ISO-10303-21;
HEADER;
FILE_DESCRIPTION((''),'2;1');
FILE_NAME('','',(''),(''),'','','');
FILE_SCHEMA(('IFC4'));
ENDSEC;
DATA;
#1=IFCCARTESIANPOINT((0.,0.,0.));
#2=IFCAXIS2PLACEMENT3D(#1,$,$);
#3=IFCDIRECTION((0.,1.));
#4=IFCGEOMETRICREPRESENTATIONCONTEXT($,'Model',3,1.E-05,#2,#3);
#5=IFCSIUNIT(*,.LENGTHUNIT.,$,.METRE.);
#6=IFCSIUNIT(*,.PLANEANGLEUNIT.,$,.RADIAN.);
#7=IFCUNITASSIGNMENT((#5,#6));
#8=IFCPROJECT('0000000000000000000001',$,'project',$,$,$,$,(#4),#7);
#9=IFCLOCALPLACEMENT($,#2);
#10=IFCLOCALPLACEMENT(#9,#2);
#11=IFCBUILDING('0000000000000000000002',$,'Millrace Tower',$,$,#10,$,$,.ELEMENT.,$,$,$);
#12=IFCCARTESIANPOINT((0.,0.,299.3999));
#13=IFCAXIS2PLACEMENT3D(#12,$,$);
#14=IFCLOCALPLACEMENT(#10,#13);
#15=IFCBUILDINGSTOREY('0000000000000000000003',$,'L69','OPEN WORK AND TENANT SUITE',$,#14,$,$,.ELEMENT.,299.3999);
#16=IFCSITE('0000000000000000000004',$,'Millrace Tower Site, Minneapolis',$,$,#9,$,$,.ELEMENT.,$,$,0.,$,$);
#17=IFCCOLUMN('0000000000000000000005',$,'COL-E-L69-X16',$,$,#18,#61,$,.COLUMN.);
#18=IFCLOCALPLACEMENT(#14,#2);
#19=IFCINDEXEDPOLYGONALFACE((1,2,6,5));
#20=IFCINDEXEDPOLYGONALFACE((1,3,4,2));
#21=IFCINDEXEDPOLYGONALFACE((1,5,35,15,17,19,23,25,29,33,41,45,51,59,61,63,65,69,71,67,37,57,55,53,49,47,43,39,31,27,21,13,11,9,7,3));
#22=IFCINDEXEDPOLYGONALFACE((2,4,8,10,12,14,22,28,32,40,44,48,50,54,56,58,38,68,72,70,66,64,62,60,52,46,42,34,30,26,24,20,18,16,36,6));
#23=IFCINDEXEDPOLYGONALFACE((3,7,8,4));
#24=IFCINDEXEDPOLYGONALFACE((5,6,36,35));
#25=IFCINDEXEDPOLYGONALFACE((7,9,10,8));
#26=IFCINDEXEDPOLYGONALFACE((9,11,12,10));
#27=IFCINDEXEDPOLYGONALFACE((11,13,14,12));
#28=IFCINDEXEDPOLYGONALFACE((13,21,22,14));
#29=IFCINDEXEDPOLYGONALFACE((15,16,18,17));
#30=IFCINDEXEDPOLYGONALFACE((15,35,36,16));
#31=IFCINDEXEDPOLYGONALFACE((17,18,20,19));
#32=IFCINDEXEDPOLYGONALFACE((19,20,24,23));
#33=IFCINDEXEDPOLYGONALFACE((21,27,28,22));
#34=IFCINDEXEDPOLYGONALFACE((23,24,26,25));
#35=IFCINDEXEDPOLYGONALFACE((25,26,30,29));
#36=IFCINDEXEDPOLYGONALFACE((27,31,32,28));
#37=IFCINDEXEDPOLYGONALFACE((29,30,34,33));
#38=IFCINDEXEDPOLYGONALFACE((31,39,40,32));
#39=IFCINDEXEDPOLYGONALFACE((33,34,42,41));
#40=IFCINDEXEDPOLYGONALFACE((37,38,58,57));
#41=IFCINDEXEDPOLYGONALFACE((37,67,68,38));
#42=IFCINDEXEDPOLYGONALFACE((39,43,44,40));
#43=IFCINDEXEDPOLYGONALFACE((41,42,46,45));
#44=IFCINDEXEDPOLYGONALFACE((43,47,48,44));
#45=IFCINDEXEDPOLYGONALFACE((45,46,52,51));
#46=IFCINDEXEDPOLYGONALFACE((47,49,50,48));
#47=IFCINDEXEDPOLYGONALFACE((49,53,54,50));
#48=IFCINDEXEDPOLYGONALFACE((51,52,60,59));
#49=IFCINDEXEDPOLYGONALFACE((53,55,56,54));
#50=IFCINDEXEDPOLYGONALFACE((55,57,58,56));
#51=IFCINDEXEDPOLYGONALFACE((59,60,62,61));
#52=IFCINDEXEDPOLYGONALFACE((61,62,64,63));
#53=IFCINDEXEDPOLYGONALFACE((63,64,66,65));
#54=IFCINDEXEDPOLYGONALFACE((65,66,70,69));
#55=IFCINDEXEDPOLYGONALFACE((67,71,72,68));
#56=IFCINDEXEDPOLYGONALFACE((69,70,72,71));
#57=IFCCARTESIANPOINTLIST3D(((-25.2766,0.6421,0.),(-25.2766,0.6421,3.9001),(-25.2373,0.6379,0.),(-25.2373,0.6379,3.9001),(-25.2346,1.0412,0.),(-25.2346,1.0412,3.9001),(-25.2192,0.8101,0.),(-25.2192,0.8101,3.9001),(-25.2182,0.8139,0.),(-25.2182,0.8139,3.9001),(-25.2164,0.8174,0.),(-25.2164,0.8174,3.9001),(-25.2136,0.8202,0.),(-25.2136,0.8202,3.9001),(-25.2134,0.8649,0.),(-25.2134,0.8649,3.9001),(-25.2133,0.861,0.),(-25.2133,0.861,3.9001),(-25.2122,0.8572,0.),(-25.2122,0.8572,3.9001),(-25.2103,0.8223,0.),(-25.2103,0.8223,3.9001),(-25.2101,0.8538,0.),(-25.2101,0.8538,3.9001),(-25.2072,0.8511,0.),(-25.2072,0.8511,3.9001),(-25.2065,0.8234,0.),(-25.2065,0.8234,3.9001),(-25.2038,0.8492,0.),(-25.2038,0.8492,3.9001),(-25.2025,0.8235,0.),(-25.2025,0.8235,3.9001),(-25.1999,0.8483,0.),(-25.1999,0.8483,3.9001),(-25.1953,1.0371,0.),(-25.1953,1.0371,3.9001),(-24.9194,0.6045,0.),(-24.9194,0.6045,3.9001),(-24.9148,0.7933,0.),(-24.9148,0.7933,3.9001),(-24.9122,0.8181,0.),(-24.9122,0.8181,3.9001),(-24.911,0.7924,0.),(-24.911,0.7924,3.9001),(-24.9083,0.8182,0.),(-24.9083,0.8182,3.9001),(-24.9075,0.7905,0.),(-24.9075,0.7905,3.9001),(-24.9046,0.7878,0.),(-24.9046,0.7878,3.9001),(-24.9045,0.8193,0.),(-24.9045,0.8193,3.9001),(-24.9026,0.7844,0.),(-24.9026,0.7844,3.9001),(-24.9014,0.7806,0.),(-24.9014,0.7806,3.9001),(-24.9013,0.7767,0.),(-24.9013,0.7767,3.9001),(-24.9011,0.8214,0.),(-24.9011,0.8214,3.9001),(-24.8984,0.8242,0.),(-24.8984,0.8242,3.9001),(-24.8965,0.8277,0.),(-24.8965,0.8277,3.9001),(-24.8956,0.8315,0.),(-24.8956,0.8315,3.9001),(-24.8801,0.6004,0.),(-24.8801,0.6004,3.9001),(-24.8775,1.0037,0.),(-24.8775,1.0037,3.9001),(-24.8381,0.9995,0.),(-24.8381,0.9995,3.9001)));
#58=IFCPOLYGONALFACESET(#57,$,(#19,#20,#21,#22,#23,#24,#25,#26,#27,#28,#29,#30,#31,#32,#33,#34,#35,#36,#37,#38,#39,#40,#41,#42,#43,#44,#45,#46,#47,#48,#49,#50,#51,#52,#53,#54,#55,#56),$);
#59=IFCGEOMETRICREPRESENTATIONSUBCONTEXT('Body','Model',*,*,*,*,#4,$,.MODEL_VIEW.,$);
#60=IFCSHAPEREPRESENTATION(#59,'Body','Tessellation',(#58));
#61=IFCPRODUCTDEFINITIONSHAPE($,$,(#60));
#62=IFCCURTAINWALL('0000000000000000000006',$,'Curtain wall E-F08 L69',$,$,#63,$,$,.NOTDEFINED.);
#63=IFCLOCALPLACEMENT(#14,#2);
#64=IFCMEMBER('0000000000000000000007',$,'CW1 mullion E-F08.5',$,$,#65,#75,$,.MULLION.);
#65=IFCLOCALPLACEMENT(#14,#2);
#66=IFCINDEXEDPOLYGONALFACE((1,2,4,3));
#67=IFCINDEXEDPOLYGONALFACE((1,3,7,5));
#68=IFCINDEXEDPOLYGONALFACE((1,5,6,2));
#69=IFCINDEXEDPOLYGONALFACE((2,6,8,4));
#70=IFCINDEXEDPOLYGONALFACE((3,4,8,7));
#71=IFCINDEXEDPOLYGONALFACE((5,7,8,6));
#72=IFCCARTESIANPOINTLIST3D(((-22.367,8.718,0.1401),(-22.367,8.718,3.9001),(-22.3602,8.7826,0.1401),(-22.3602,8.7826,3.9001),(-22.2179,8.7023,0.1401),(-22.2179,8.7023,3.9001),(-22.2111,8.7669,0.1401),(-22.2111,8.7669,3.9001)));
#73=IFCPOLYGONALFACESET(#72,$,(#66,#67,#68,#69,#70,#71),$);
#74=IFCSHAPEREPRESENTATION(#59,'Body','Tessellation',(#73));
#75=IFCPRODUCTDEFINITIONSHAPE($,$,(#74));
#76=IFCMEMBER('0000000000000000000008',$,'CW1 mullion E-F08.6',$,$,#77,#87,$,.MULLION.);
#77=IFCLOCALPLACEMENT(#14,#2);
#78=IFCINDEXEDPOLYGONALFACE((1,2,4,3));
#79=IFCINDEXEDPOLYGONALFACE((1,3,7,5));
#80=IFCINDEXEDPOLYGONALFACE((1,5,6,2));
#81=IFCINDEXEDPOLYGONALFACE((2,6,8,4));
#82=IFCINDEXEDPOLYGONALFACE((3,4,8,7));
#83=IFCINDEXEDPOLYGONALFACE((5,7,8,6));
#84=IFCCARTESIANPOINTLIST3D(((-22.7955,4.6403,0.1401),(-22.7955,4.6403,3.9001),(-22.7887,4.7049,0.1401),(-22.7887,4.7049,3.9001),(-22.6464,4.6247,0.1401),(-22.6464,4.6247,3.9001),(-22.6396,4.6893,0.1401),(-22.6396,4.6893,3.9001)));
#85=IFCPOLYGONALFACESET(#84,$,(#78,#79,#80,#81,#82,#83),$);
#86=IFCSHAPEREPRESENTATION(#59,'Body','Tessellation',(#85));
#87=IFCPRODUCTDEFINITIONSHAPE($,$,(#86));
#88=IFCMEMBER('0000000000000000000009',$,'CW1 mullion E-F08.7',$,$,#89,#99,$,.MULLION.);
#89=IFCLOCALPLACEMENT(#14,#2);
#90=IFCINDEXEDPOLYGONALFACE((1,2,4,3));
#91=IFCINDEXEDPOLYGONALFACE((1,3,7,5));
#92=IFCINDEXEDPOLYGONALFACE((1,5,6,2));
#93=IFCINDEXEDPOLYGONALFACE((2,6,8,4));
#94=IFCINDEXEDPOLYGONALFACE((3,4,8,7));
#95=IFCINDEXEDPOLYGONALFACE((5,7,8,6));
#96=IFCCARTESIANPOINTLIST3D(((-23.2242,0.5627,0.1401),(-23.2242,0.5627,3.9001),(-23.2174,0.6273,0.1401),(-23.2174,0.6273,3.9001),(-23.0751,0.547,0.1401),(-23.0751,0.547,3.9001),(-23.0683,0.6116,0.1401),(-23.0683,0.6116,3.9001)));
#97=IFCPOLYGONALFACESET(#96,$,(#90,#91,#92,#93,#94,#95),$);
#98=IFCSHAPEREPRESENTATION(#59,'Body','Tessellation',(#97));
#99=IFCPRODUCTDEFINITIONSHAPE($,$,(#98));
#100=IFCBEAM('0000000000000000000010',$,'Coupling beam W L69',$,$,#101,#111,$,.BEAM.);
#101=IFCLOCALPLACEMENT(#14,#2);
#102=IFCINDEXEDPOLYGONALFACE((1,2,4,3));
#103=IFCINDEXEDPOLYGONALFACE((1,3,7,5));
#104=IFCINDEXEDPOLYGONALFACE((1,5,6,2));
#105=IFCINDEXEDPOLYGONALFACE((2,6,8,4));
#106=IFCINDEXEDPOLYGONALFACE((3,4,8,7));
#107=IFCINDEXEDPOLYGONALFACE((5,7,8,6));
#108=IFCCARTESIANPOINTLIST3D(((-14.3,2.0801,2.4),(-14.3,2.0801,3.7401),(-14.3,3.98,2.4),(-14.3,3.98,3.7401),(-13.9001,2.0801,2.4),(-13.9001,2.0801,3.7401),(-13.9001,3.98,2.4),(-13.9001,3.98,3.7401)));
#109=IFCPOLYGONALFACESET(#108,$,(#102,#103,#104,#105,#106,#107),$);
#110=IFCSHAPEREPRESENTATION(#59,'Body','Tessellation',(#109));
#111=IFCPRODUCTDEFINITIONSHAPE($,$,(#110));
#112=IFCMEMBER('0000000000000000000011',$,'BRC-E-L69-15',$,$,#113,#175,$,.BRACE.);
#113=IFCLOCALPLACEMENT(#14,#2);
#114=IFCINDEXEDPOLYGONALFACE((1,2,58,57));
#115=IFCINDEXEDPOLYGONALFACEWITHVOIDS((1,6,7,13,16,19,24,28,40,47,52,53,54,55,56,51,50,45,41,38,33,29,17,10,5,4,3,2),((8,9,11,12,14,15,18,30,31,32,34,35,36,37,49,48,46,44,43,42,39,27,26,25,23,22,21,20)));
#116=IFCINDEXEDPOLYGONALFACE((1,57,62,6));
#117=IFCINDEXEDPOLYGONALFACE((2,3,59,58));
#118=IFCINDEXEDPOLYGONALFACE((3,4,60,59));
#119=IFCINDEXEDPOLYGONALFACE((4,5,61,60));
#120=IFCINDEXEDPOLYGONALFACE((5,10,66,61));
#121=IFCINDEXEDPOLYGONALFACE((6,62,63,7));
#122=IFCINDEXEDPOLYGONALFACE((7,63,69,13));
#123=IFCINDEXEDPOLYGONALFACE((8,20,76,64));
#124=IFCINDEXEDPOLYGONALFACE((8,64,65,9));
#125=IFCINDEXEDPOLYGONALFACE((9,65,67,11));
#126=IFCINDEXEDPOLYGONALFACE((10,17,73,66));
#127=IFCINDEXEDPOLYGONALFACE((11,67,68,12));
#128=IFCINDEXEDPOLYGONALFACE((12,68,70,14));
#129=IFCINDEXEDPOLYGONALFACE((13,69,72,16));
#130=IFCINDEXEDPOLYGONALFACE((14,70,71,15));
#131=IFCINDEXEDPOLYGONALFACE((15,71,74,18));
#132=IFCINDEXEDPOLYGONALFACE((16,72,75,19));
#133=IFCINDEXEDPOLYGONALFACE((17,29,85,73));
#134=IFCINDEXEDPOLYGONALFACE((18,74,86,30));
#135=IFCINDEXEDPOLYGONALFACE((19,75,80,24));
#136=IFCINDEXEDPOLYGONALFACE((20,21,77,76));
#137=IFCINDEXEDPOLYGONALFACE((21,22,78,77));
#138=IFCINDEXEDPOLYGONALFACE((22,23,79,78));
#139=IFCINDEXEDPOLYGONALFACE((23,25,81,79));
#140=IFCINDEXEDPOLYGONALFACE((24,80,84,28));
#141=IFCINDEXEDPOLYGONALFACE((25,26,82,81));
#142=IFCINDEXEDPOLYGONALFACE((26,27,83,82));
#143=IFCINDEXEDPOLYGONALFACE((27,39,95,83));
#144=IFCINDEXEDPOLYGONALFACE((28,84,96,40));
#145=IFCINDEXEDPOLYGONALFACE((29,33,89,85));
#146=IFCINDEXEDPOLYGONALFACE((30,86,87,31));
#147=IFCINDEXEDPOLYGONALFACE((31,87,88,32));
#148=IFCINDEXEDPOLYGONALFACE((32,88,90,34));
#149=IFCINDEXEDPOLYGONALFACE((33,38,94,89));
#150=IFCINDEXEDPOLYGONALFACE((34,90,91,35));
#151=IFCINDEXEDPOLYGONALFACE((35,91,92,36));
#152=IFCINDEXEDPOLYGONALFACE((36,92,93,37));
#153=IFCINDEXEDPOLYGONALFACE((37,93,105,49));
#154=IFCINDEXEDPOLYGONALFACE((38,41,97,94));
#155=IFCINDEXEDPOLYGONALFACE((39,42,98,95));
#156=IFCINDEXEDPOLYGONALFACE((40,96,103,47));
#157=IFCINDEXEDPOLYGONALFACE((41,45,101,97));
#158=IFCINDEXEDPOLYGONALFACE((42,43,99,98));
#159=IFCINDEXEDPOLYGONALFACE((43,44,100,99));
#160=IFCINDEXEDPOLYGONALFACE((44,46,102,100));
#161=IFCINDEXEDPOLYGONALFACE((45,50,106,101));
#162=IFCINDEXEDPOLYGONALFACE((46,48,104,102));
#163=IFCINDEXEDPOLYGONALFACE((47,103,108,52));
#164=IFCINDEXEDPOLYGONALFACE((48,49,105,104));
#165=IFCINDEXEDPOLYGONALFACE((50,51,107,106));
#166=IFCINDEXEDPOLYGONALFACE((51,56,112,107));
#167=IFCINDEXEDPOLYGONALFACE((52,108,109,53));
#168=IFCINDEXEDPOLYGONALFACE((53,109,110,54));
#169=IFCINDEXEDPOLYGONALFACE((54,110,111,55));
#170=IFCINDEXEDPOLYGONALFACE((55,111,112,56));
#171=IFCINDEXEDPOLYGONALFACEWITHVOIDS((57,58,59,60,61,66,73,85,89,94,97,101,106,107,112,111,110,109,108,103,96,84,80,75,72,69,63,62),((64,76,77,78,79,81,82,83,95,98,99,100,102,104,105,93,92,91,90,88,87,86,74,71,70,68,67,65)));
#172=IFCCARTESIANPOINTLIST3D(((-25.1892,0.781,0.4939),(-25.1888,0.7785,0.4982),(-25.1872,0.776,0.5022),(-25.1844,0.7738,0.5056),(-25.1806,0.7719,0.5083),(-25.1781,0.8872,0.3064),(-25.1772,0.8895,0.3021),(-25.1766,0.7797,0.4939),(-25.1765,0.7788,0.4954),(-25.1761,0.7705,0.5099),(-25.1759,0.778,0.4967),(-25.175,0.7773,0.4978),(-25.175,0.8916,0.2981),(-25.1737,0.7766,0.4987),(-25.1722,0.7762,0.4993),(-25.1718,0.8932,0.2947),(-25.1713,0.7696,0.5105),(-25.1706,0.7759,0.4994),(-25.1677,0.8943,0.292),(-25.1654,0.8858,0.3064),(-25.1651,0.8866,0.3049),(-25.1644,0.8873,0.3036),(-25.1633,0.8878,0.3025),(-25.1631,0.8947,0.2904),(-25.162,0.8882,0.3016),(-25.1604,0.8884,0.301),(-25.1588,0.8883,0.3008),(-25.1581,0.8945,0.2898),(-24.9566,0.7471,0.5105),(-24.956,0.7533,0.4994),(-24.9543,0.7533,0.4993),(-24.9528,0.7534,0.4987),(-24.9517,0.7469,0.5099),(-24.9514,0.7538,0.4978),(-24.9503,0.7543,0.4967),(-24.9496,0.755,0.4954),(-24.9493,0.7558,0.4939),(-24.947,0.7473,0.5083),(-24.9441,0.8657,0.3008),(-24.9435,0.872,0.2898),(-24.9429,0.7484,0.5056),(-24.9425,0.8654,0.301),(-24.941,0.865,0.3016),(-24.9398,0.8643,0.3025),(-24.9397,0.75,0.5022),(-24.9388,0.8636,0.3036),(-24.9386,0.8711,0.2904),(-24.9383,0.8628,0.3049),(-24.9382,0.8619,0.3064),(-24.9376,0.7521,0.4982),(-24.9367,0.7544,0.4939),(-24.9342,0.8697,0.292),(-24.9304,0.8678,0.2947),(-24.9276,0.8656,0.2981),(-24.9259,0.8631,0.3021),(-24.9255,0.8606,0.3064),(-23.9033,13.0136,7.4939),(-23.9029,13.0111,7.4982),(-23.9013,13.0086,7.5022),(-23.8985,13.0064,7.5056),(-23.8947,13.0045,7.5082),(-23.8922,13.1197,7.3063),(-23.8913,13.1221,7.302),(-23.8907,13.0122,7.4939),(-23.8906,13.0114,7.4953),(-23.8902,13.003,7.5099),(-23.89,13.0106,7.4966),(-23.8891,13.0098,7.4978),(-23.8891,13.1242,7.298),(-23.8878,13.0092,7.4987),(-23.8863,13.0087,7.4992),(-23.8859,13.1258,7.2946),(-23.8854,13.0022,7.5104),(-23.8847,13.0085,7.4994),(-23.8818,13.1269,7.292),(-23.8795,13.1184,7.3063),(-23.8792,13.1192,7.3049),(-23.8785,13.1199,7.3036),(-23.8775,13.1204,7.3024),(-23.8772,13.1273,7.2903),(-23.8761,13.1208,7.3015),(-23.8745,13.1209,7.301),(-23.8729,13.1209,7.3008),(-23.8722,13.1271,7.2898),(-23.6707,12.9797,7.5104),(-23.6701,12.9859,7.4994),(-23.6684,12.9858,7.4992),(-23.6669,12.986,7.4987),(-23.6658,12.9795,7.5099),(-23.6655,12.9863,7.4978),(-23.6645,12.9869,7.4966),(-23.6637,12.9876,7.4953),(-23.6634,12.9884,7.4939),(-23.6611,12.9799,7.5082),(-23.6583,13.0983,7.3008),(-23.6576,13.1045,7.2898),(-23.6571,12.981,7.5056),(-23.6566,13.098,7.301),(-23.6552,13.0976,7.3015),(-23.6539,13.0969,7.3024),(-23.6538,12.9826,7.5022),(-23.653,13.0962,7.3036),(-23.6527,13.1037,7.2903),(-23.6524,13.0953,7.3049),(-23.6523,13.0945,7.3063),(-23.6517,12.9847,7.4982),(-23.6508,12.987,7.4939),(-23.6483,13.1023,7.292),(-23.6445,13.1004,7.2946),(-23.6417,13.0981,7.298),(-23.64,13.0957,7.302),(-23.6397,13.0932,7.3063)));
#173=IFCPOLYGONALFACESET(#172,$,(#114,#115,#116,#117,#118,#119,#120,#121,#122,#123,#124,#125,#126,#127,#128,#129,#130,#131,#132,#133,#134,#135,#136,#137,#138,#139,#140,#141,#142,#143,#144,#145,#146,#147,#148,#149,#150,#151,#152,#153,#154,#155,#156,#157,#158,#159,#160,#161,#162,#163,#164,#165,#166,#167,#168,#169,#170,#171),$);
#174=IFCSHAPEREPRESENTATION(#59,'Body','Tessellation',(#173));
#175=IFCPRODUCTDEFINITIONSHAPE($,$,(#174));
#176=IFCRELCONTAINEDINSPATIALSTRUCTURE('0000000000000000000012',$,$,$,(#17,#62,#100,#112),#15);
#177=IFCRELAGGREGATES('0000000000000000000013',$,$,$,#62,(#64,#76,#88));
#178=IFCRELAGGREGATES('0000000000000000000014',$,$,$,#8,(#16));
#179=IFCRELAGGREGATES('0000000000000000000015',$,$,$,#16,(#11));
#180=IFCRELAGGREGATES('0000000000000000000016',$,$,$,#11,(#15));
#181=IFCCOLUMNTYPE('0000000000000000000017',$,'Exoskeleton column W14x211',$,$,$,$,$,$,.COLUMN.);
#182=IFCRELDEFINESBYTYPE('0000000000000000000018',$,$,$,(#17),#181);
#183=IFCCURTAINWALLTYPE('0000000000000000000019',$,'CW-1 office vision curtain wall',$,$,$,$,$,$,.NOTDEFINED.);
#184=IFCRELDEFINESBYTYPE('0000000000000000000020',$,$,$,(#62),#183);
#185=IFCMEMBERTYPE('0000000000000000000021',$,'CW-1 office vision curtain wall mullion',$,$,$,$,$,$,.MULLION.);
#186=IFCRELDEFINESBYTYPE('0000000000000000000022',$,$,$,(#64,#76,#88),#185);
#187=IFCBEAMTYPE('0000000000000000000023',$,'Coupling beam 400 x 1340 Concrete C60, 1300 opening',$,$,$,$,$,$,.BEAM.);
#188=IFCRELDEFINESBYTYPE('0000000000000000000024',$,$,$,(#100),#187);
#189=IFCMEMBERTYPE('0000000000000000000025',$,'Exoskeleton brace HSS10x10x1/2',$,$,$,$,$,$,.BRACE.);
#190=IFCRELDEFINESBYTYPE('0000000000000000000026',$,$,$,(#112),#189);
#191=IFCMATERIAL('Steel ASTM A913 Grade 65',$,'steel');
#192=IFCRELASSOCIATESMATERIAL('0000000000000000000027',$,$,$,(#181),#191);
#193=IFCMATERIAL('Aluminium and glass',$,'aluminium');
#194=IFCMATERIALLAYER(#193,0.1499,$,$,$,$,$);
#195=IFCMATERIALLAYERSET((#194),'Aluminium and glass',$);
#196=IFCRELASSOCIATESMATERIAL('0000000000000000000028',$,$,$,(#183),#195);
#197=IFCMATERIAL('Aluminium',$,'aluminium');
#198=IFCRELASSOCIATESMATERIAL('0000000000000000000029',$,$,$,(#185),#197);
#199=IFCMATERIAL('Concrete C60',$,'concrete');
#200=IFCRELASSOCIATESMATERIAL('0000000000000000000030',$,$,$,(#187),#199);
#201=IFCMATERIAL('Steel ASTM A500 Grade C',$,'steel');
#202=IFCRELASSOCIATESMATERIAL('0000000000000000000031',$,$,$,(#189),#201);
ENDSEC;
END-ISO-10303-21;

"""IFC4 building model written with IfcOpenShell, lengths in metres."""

from ifc_helpers import new_model, si_unit, direction, frame, origin, origin_2d, place, context, subcontext, project, spatial, rectangle, hollow_rectangle, i_section, extrude, material, layer, layer_set, material_profile, profile_set, type_object, element, aggregate, save


model = new_model("IFC4")

# Units and contexts
model_context = context("Model", 3, precision=1e-05, world=origin(), true_north=direction((0.0, 1.0)))
body_context = subcontext(model_context, "Body", "Model", "MODEL_VIEW")
ifc_project = project(units=[si_unit("LENGTHUNIT", "METRE"), si_unit("PLANEANGLEUNIT", "RADIAN")], contexts=[model_context])

# Site, building, storey
site_placement = place(None, origin())
site = spatial("IfcSite", under=ifc_project, at=site_placement, Name="Millrace Tower Site, Minneapolis", CompositionType="ELEMENT", RefElevation=0.0)
building_placement = place(site_placement, origin())
building = spatial("IfcBuilding", under=site, at=building_placement, Name="Millrace Tower", CompositionType="ELEMENT")
storey_placement = place(building_placement, frame((0.0, 0.0, 299.3999)))
storey = spatial("IfcBuildingStorey", under=building, at=storey_placement, Name="L69", Description="OPEN WORK AND TENANT SUITE", CompositionType="ELEMENT", Elevation=299.3999)

# Column
ifc_material_1 = material(Name="Steel ASTM A913 Grade 65", Category="steel")
ifc_material_profile_1 = material_profile(ifc_material_1, i_section(OverallWidth=0.4014, OverallDepth=0.3987, WebThickness=0.0249, FlangeThickness=0.0396, FilletRadius=0.0151, at=origin_2d()))
ifc_profile_set_1 = profile_set([ifc_material_profile_1], Name="Steel ASTM A913 Grade 65")
column_type = type_object("IfcColumnType", Name="Exoskeleton column W14x211", PredefinedType="COLUMN", material=ifc_profile_set_1)
column_placement = place(storey_placement, frame((-25.0574, 0.8208, 0.0), z_axis=(0.0, 0.0, 1.0), x_axis=(-0.104528, -0.994522, 0.0)))
element("IfcColumn", 1, at=column_placement, inside=storey, type_object=column_type, Name="COL-E-L69-X16", PredefinedType="COLUMN", context=body_context, shape_type="SweptSolid", body=[
    extrude(i_section(OverallWidth=0.4014, OverallDepth=0.3987, WebThickness=0.0249, FlangeThickness=0.0396, FilletRadius=0.0151, at=origin_2d()), origin(), (0.0, 0.0, 1.0), 3.9001),
])

# Curtain wall, members
ifc_material_2 = material(Name="Aluminium and glass", Category="aluminium")
ifc_layer_1 = layer(ifc_material_2, 0.1499)
ifc_layer_set_1 = layer_set([ifc_layer_1], Name="Aluminium and glass")
curtain_wall_type = type_object("IfcCurtainWallType", Name="CW-1 office vision curtain wall", PredefinedType="NOTDEFINED", material=ifc_layer_set_1)
placement = place(storey_placement, origin())
curtain_wall = element("IfcCurtainWall", 2, at=placement, inside=storey, type_object=curtain_wall_type, Name="Curtain wall E-F08 L69", PredefinedType="NOTDEFINED")
ifc_material_3 = material(Name="Aluminium", Category="aluminium")
ifc_material_profile_2 = material_profile(ifc_material_3, rectangle(XDim=0.0649, YDim=0.1499, at=origin_2d()))
ifc_profile_set_2 = profile_set([ifc_material_profile_2], Name="Aluminium")
member_type_1 = type_object("IfcMemberType", Name="CW-1 office vision curtain wall mullion", PredefinedType="MULLION", material=ifc_profile_set_2)
member_1_placement = place(storey_placement, frame((-22.2891, 8.7424, 0.1401), z_axis=(0.0, 0.0, 1.0), x_axis=(-0.104528, -0.994522, 0.0)))
member_1 = element("IfcMember", 3, at=member_1_placement, type_object=member_type_1, Name="CW1 mullion E-F08.5", PredefinedType="MULLION", context=body_context, shape_type="SweptSolid", body=[
    extrude(rectangle(XDim=0.0649, YDim=0.1499, at=origin_2d()), origin(), (0.0, 0.0, 1.0), 3.76),
])
member_2_placement = place(storey_placement, frame((-22.7175, 4.6648, 0.1401), z_axis=(0.0, 0.0, 1.0), x_axis=(-0.104528, -0.994522, 0.0)))
member_2 = element("IfcMember", 4, at=member_2_placement, type_object=member_type_1, Name="CW1 mullion E-F08.6", PredefinedType="MULLION", context=body_context, shape_type="SweptSolid", body=[
    extrude(rectangle(XDim=0.0649, YDim=0.1499, at=origin_2d()), origin(), (0.0, 0.0, 1.0), 3.76),
])
member_3_placement = place(storey_placement, frame((-23.1462, 0.5872, 0.1401), z_axis=(0.0, 0.0, 1.0), x_axis=(-0.104528, -0.994522, 0.0)))
member_3 = element("IfcMember", 5, at=member_3_placement, type_object=member_type_1, Name="CW1 mullion E-F08.7", PredefinedType="MULLION", context=body_context, shape_type="SweptSolid", body=[
    extrude(rectangle(XDim=0.0649, YDim=0.1499, at=origin_2d()), origin(), (0.0, 0.0, 1.0), 3.76),
])
aggregate(curtain_wall, [member_1, member_2, member_3])

# Beam
ifc_material_4 = material(Name="Concrete C60", Category="concrete")
ifc_material_profile_3 = material_profile(ifc_material_4, rectangle(XDim=0.3999, YDim=1.3401, at=origin_2d()))
ifc_profile_set_3 = profile_set([ifc_material_profile_3], Name="Concrete C60")
beam_type_1 = type_object("IfcBeamType", Name="Coupling beam 400 x 1340 Concrete C60, 1300 opening", PredefinedType="BEAM", material=ifc_profile_set_3)
beam_1_placement = place(storey_placement, frame((-14.1001, 2.0801, 3.0701), z_axis=(0.0, 1.0, 0.0), x_axis=(-1.0, 0.0, 0.0)))
element("IfcBeam", 6, at=beam_1_placement, inside=storey, type_object=beam_type_1, Name="Coupling beam W L69", PredefinedType="BEAM", context=body_context, shape_type="SweptSolid", body=[
    extrude(rectangle(XDim=0.3999, YDim=1.3401, at=origin_2d()), origin(), (0.0, 0.0, 1.0), 1.8999),
])

# Member
ifc_material_5 = material(Name="Steel ASTM A500 Grade C", Category="steel")
ifc_material_profile_4 = material_profile(ifc_material_5, hollow_rectangle(XDim=0.2539, YDim=0.2539, WallThickness=0.0127, InnerFilletRadius=0.0063, OuterFilletRadius=0.019, at=origin_2d()))
ifc_profile_set_4 = profile_set([ifc_material_profile_4], Name="Steel ASTM A500 Grade C")
member_type_2 = type_object("IfcMemberType", Name="Exoskeleton brace HSS10x10x1/2", PredefinedType="BRACE", material=ifc_profile_set_4)
member_4_placement = place(storey_placement, frame((-25.0574, 0.8208, 0.4001), z_axis=(0.09086, 0.86435, 0.494614), x_axis=(-0.99452, 0.104543, 0.0)))
element("IfcMember", 7, at=member_4_placement, inside=storey, type_object=member_type_2, Name="BRC-E-L69-15", PredefinedType="BRACE", context=body_context, shape_type="SweptSolid", body=[
    extrude(hollow_rectangle(XDim=0.2539, YDim=0.2539, WallThickness=0.0127, InnerFilletRadius=0.0063, OuterFilletRadius=0.019, at=origin_2d()), origin(), (0.0, 0.0, 1.0), 14.1523),
])

save(model, "model.ifc")
